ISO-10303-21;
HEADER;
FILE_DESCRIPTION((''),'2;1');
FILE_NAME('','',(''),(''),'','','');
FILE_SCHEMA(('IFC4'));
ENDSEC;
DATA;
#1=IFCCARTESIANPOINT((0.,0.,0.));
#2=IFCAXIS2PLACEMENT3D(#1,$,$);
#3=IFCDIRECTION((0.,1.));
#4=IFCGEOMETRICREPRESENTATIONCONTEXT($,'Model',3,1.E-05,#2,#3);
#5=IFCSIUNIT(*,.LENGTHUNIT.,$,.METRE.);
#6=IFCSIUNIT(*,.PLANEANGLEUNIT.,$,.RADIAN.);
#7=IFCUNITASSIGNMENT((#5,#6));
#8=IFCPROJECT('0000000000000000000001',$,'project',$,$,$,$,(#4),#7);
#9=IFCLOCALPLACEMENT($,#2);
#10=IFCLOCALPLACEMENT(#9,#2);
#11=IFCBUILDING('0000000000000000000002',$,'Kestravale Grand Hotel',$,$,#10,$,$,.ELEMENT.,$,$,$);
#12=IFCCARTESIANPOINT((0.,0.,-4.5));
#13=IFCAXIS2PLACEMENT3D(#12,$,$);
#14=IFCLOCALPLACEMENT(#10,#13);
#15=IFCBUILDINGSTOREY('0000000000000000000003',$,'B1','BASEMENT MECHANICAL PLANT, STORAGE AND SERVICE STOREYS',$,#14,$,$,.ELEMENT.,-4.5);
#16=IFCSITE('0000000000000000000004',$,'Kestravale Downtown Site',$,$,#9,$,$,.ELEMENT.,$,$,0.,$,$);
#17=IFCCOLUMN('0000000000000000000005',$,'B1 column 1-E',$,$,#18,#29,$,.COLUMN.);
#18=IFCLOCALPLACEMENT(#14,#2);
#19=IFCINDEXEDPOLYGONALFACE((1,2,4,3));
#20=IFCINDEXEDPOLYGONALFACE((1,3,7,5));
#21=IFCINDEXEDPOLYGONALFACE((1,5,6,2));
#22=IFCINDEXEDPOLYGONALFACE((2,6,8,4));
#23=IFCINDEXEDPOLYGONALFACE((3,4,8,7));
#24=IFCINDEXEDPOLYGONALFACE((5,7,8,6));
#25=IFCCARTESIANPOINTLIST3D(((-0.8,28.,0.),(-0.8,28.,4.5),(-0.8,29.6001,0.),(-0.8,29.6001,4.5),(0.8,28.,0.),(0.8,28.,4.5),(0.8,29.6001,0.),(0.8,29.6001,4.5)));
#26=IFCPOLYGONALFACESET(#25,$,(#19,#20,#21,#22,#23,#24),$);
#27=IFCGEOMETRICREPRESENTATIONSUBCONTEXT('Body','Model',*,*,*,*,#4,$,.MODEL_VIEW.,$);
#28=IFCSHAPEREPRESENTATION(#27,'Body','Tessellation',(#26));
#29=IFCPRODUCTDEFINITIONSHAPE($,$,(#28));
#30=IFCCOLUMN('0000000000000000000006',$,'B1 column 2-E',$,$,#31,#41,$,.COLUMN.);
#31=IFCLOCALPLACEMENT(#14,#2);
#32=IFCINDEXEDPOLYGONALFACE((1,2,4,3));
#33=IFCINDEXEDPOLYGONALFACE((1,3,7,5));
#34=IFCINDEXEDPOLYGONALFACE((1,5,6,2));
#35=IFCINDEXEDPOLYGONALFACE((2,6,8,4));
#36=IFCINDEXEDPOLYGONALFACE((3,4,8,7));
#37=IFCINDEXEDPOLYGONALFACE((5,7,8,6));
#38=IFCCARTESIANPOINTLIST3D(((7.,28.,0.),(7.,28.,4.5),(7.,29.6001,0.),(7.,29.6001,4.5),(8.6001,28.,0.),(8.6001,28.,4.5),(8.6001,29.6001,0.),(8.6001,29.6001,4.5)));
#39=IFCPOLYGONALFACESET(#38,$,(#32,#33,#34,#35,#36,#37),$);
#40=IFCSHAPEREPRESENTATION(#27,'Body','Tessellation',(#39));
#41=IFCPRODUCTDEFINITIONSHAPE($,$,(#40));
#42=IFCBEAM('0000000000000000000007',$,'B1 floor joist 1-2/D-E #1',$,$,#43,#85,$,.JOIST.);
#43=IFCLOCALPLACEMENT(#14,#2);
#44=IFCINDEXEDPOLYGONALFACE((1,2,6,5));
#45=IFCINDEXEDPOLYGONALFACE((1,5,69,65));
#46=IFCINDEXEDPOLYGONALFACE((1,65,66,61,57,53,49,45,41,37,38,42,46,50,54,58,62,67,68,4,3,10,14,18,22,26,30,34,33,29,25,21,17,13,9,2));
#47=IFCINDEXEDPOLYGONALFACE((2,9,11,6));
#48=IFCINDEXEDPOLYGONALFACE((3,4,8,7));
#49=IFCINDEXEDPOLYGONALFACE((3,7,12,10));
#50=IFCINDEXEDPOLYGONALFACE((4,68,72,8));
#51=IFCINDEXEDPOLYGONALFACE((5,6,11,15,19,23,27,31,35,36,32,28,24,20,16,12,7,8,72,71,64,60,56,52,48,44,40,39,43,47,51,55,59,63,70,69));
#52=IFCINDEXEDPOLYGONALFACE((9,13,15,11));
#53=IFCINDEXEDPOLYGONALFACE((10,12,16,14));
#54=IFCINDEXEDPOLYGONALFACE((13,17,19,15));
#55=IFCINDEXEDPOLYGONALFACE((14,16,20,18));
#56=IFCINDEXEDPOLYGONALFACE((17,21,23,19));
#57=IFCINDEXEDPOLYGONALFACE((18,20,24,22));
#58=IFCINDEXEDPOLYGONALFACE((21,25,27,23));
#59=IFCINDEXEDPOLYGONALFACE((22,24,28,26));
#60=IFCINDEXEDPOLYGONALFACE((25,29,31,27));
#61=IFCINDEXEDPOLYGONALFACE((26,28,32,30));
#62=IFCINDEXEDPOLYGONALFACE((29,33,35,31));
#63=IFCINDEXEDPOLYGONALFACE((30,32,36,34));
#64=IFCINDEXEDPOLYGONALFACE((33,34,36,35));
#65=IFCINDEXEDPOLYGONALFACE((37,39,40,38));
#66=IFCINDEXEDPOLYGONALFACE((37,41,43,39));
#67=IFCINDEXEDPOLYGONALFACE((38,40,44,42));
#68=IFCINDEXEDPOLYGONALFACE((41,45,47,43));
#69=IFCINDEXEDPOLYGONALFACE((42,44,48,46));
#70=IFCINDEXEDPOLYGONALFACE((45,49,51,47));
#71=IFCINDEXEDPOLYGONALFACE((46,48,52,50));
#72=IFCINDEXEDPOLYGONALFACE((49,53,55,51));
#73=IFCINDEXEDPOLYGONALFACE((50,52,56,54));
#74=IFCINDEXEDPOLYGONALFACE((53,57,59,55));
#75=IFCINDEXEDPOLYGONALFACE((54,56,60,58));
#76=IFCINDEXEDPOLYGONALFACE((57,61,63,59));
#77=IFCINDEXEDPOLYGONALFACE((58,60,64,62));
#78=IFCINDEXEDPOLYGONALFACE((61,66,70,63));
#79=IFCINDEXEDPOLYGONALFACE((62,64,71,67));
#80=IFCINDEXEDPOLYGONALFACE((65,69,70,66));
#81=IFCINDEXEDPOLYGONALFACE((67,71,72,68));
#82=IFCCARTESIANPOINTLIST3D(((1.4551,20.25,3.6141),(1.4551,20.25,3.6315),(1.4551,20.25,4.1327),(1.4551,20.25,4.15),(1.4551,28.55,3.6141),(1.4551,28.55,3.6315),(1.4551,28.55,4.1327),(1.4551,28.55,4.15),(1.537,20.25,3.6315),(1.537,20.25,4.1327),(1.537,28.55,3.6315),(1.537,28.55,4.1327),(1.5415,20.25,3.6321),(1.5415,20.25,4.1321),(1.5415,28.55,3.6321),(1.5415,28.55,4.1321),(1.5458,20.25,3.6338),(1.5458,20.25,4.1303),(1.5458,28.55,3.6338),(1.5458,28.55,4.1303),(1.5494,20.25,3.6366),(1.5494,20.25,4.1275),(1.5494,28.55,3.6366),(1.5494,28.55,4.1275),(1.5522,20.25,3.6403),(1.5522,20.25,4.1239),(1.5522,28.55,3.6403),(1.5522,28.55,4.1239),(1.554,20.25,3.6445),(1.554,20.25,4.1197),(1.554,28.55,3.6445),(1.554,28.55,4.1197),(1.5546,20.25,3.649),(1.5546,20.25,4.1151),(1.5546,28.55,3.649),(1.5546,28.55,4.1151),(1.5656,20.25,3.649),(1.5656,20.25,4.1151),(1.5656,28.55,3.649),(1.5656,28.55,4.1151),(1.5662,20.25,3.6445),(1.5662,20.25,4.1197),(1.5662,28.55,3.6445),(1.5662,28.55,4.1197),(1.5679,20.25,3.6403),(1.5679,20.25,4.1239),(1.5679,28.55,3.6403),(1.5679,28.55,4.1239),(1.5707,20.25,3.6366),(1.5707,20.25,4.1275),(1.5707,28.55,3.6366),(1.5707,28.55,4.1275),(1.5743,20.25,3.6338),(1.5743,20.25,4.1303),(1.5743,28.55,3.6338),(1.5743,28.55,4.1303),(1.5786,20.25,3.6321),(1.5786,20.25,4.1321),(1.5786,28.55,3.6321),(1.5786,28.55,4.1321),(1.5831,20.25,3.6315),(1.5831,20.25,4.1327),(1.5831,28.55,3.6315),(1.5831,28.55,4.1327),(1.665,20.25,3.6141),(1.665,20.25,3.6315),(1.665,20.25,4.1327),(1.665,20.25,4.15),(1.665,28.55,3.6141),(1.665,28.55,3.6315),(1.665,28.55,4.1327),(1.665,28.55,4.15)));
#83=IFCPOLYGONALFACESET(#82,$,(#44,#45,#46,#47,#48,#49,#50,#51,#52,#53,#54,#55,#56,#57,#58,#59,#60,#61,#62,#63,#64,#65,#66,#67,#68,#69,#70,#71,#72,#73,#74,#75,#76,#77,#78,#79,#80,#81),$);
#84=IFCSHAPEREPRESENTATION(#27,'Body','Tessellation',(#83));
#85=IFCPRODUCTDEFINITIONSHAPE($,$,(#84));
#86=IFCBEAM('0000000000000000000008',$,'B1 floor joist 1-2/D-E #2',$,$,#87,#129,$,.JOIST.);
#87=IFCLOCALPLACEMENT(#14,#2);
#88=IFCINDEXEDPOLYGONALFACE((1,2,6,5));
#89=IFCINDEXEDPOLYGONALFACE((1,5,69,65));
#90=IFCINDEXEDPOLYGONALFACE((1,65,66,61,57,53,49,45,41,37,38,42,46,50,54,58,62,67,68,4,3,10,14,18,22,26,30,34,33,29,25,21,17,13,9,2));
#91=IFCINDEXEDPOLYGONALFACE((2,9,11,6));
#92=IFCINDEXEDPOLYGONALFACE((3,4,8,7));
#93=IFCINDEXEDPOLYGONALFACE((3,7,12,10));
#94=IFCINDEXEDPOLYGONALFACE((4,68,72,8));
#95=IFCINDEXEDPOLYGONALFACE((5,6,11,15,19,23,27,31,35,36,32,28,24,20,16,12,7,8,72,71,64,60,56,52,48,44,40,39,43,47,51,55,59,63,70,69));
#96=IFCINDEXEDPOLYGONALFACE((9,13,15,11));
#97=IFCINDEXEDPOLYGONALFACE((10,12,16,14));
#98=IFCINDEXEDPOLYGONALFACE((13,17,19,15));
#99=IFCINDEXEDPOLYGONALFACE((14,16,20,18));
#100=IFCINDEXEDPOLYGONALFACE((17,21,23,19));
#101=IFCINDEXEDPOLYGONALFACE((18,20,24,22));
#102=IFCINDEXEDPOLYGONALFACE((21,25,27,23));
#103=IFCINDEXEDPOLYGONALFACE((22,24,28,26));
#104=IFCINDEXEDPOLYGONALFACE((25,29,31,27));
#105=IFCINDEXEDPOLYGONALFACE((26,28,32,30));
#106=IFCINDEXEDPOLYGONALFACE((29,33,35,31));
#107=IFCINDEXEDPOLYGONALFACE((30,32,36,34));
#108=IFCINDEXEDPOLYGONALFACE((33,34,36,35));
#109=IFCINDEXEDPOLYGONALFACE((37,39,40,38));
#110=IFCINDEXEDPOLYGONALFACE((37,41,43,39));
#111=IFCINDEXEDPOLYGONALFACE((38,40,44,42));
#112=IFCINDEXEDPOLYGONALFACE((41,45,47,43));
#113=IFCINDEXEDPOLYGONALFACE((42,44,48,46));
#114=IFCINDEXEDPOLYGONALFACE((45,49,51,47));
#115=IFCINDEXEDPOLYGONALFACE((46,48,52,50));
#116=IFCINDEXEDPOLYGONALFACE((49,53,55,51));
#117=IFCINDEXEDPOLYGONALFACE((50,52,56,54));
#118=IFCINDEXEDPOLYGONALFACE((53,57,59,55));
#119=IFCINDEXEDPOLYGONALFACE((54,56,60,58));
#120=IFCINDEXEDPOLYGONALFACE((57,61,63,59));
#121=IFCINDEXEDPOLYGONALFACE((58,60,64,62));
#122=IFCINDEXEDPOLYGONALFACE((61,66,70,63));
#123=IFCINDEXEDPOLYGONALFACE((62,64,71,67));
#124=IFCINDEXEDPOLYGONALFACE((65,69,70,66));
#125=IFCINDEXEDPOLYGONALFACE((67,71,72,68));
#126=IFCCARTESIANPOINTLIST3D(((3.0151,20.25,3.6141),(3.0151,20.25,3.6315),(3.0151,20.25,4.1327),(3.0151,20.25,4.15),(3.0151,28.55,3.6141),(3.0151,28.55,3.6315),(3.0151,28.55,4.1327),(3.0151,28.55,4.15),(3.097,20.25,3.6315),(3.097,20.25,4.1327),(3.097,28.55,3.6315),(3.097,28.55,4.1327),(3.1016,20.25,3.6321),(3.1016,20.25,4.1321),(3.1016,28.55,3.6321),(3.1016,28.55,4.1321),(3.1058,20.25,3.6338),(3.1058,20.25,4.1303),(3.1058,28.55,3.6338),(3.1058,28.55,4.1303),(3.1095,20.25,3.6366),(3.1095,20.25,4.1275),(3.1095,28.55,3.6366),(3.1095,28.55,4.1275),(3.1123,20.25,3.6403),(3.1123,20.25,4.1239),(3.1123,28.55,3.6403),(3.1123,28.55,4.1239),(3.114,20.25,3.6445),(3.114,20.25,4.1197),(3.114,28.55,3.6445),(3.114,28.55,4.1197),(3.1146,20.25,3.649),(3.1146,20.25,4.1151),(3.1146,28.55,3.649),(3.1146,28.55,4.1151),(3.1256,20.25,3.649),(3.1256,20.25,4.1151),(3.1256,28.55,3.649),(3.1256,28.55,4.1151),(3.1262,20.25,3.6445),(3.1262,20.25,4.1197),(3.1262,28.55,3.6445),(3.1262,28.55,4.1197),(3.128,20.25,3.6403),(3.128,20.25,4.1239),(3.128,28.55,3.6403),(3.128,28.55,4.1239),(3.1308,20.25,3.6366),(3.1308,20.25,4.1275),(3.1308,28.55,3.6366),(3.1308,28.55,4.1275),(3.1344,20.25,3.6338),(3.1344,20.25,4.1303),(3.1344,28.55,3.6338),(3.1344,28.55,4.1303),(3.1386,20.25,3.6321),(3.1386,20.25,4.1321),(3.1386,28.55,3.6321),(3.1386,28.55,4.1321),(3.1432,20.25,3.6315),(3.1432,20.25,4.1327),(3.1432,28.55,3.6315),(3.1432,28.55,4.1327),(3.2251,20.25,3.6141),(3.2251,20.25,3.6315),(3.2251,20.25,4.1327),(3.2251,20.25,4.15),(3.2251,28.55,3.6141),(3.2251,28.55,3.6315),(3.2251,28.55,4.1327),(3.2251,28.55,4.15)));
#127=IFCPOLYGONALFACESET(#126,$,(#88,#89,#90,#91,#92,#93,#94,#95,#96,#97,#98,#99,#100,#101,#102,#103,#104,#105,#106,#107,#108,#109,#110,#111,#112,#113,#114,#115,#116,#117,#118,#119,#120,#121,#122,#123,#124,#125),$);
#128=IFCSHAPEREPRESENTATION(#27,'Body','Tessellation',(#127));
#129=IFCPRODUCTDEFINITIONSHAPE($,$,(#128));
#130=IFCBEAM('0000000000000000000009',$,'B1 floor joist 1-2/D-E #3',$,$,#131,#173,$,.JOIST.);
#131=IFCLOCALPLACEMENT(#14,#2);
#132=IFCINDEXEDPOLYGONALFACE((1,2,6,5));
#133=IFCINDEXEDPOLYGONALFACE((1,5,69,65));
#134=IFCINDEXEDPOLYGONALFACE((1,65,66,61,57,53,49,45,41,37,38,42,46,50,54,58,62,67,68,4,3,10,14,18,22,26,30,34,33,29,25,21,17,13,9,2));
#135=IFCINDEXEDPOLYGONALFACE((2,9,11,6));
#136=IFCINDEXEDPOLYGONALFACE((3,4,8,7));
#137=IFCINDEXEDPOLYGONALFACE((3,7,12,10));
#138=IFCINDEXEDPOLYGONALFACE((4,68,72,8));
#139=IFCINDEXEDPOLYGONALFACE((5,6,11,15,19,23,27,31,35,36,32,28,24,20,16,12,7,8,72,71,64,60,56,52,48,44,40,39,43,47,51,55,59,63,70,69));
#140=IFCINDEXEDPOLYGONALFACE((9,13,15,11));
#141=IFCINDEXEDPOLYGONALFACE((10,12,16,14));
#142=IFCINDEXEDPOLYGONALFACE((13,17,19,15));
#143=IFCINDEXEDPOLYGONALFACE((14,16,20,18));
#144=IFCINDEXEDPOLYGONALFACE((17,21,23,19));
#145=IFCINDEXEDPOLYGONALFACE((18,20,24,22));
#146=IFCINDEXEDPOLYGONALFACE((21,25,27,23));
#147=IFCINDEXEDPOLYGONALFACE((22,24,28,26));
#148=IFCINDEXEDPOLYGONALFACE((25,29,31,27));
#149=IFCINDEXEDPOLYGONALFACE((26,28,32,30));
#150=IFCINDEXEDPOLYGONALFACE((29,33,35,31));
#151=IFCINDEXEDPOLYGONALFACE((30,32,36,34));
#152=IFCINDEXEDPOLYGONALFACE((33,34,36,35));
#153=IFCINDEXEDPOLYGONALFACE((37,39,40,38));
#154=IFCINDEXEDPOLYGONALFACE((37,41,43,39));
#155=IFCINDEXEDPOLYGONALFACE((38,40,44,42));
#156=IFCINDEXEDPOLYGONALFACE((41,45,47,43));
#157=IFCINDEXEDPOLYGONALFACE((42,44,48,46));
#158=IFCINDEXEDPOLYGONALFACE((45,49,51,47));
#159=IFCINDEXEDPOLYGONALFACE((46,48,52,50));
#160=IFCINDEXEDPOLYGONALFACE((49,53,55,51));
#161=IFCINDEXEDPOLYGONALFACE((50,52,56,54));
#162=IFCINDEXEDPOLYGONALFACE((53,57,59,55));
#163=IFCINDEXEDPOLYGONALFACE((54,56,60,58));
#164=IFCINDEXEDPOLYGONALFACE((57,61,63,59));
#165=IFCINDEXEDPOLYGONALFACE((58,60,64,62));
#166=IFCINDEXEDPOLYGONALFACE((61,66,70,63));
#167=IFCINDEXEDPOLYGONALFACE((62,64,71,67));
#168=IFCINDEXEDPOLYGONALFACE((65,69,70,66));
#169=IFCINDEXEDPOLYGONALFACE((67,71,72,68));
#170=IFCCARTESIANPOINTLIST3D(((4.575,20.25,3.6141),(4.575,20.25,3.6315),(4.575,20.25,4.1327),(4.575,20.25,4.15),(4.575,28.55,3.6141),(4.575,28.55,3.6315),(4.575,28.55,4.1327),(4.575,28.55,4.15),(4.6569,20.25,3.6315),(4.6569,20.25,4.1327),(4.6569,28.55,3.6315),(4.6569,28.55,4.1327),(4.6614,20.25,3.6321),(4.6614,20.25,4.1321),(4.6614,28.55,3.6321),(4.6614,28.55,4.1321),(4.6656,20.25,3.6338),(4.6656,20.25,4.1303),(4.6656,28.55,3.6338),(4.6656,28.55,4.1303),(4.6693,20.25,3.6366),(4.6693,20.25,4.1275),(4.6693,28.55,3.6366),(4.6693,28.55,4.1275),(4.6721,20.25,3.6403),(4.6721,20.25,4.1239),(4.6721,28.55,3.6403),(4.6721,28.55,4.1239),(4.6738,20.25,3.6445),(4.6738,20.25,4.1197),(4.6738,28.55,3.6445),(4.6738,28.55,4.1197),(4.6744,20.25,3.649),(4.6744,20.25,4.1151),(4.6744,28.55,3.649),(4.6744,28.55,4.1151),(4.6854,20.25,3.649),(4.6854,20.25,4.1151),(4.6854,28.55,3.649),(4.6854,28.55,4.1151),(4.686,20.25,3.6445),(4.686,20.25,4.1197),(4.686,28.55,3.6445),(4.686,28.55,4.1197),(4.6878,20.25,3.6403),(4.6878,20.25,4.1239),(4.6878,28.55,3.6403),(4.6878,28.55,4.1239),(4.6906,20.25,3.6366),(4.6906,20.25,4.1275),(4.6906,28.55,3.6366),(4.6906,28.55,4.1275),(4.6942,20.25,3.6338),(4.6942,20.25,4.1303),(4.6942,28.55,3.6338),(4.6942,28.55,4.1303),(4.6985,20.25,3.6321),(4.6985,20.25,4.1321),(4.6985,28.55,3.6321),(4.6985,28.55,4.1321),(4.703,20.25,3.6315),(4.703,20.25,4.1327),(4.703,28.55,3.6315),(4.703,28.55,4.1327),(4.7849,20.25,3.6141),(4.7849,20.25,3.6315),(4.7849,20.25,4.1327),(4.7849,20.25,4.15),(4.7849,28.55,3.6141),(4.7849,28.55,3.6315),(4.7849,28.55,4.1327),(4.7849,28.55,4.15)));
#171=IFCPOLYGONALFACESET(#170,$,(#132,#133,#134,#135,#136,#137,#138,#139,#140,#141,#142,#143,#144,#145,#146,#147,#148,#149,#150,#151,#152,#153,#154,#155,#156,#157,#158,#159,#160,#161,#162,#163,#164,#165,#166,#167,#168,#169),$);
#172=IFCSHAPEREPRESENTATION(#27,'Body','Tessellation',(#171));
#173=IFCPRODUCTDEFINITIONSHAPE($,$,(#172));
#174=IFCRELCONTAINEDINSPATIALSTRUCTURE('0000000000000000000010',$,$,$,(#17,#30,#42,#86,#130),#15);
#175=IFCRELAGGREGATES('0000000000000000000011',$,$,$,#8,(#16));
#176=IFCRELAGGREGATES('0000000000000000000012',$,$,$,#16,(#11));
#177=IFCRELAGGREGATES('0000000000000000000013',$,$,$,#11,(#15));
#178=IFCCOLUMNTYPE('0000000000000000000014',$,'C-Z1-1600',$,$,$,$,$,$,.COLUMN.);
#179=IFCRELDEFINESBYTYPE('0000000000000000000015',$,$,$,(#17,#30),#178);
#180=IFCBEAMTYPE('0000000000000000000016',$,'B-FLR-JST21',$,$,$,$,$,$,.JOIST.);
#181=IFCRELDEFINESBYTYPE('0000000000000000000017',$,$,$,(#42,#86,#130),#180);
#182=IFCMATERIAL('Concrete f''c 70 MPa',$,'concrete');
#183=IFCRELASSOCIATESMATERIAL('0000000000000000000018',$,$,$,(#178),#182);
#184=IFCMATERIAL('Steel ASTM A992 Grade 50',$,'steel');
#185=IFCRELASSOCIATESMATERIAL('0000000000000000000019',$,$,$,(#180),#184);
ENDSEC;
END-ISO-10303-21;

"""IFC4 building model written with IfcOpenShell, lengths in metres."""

from ifc_helpers import new_model, si_unit, direction, frame, origin, origin_2d, place, context, subcontext, project, spatial, rectangle, i_section, extrude, material, material_profile, profile_set, type_object, element, save


model = new_model("IFC4")

# Units and contexts
model_context = context("Model", 3, precision=1e-05, world=origin(), true_north=direction((0.0, 1.0)))
body_context = subcontext(model_context, "Body", "Model", "MODEL_VIEW")
ifc_project = project(units=[si_unit("LENGTHUNIT", "METRE"), si_unit("PLANEANGLEUNIT", "RADIAN")], contexts=[model_context])

# Site, building, storey
site_placement = place(None, origin())
site = spatial("IfcSite", under=ifc_project, at=site_placement, Name="Kestravale Downtown Site", CompositionType="ELEMENT", RefElevation=0.0)
building_placement = place(site_placement, origin())
building = spatial("IfcBuilding", under=site, at=building_placement, Name="Kestravale Grand Hotel", CompositionType="ELEMENT")
storey_placement = place(building_placement, frame((0.0, 0.0, -4.5)))
storey = spatial("IfcBuildingStorey", under=building, at=storey_placement, Name="B1", Description="BASEMENT MECHANICAL PLANT, STORAGE AND SERVICE STOREYS", CompositionType="ELEMENT", Elevation=-4.5)

# Columns
ifc_material_1 = material(Name="Concrete f'c 70 MPa", Category="concrete")
ifc_material_profile_1 = material_profile(ifc_material_1, rectangle(XDim=1.6001, YDim=1.6001, at=origin_2d()))
ifc_profile_set_1 = profile_set([ifc_material_profile_1], Name="Concrete f'c 70 MPa")
column_type = type_object("IfcColumnType", Name="C-Z1-1600", PredefinedType="COLUMN", material=ifc_profile_set_1)
for number, where, z_axis, x_axis, name in (
    (1, (0.0, 28.8, 0.0), (0.0, 0.0, 1.0), (1.0, 0.0, 0.0), "B1 column 1-E"),
    (2, (7.8, 28.8, 0.0), (0.0, 0.0, 1.0), (1.0, 0.0, 0.0), "B1 column 2-E"),
):
    element("IfcColumn", number, at=place(storey_placement, frame(where, z_axis=z_axis, x_axis=x_axis)), inside=storey, type_object=column_type, Name=name, PredefinedType="COLUMN", context=body_context, shape_type="SweptSolid", body=[
        extrude(rectangle(XDim=1.6001, YDim=1.6001, at=origin_2d()), origin(), (0.0, 0.0, 1.0), 4.5),
    ])

# Beams
ifc_material_2 = material(Name="Steel ASTM A992 Grade 50", Category="steel")
ifc_material_profile_2 = material_profile(ifc_material_2, i_section(OverallWidth=0.21, OverallDepth=0.5359, WebThickness=0.011, FlangeThickness=0.0173, FilletRadius=0.0176, at=origin_2d()))
ifc_profile_set_2 = profile_set([ifc_material_profile_2], Name="Steel ASTM A992 Grade 50")
beam_type_1 = type_object("IfcBeamType", Name="B-FLR-JST21", PredefinedType="JOIST", material=ifc_profile_set_2)
for number, where, z_axis, x_axis, name in (
    (3, (1.5601, 20.25, 3.8821), (0.0, 1.0, 0.0), (-1.0, 0.0, 0.0), "B1 floor joist 1-2/D-E #1"),
    (4, (3.1201, 20.25, 3.8821), (0.0, 1.0, 0.0), (-1.0, 0.0, 0.0), "B1 floor joist 1-2/D-E #2"),
    (5, (4.6799, 20.25, 3.8821), (0.0, 1.0, 0.0), (-1.0, 0.0, 0.0), "B1 floor joist 1-2/D-E #3"),
):
    element("IfcBeam", number, at=place(storey_placement, frame(where, z_axis=z_axis, x_axis=x_axis)), inside=storey, type_object=beam_type_1, Name=name, PredefinedType="JOIST", context=body_context, shape_type="SweptSolid", body=[
        extrude(i_section(OverallWidth=0.21, OverallDepth=0.5359, WebThickness=0.011, FlangeThickness=0.0173, FilletRadius=0.0176, at=origin_2d()), origin(), (0.0, 0.0, 1.0), 8.3),
    ])

save(model, "model.ifc")
